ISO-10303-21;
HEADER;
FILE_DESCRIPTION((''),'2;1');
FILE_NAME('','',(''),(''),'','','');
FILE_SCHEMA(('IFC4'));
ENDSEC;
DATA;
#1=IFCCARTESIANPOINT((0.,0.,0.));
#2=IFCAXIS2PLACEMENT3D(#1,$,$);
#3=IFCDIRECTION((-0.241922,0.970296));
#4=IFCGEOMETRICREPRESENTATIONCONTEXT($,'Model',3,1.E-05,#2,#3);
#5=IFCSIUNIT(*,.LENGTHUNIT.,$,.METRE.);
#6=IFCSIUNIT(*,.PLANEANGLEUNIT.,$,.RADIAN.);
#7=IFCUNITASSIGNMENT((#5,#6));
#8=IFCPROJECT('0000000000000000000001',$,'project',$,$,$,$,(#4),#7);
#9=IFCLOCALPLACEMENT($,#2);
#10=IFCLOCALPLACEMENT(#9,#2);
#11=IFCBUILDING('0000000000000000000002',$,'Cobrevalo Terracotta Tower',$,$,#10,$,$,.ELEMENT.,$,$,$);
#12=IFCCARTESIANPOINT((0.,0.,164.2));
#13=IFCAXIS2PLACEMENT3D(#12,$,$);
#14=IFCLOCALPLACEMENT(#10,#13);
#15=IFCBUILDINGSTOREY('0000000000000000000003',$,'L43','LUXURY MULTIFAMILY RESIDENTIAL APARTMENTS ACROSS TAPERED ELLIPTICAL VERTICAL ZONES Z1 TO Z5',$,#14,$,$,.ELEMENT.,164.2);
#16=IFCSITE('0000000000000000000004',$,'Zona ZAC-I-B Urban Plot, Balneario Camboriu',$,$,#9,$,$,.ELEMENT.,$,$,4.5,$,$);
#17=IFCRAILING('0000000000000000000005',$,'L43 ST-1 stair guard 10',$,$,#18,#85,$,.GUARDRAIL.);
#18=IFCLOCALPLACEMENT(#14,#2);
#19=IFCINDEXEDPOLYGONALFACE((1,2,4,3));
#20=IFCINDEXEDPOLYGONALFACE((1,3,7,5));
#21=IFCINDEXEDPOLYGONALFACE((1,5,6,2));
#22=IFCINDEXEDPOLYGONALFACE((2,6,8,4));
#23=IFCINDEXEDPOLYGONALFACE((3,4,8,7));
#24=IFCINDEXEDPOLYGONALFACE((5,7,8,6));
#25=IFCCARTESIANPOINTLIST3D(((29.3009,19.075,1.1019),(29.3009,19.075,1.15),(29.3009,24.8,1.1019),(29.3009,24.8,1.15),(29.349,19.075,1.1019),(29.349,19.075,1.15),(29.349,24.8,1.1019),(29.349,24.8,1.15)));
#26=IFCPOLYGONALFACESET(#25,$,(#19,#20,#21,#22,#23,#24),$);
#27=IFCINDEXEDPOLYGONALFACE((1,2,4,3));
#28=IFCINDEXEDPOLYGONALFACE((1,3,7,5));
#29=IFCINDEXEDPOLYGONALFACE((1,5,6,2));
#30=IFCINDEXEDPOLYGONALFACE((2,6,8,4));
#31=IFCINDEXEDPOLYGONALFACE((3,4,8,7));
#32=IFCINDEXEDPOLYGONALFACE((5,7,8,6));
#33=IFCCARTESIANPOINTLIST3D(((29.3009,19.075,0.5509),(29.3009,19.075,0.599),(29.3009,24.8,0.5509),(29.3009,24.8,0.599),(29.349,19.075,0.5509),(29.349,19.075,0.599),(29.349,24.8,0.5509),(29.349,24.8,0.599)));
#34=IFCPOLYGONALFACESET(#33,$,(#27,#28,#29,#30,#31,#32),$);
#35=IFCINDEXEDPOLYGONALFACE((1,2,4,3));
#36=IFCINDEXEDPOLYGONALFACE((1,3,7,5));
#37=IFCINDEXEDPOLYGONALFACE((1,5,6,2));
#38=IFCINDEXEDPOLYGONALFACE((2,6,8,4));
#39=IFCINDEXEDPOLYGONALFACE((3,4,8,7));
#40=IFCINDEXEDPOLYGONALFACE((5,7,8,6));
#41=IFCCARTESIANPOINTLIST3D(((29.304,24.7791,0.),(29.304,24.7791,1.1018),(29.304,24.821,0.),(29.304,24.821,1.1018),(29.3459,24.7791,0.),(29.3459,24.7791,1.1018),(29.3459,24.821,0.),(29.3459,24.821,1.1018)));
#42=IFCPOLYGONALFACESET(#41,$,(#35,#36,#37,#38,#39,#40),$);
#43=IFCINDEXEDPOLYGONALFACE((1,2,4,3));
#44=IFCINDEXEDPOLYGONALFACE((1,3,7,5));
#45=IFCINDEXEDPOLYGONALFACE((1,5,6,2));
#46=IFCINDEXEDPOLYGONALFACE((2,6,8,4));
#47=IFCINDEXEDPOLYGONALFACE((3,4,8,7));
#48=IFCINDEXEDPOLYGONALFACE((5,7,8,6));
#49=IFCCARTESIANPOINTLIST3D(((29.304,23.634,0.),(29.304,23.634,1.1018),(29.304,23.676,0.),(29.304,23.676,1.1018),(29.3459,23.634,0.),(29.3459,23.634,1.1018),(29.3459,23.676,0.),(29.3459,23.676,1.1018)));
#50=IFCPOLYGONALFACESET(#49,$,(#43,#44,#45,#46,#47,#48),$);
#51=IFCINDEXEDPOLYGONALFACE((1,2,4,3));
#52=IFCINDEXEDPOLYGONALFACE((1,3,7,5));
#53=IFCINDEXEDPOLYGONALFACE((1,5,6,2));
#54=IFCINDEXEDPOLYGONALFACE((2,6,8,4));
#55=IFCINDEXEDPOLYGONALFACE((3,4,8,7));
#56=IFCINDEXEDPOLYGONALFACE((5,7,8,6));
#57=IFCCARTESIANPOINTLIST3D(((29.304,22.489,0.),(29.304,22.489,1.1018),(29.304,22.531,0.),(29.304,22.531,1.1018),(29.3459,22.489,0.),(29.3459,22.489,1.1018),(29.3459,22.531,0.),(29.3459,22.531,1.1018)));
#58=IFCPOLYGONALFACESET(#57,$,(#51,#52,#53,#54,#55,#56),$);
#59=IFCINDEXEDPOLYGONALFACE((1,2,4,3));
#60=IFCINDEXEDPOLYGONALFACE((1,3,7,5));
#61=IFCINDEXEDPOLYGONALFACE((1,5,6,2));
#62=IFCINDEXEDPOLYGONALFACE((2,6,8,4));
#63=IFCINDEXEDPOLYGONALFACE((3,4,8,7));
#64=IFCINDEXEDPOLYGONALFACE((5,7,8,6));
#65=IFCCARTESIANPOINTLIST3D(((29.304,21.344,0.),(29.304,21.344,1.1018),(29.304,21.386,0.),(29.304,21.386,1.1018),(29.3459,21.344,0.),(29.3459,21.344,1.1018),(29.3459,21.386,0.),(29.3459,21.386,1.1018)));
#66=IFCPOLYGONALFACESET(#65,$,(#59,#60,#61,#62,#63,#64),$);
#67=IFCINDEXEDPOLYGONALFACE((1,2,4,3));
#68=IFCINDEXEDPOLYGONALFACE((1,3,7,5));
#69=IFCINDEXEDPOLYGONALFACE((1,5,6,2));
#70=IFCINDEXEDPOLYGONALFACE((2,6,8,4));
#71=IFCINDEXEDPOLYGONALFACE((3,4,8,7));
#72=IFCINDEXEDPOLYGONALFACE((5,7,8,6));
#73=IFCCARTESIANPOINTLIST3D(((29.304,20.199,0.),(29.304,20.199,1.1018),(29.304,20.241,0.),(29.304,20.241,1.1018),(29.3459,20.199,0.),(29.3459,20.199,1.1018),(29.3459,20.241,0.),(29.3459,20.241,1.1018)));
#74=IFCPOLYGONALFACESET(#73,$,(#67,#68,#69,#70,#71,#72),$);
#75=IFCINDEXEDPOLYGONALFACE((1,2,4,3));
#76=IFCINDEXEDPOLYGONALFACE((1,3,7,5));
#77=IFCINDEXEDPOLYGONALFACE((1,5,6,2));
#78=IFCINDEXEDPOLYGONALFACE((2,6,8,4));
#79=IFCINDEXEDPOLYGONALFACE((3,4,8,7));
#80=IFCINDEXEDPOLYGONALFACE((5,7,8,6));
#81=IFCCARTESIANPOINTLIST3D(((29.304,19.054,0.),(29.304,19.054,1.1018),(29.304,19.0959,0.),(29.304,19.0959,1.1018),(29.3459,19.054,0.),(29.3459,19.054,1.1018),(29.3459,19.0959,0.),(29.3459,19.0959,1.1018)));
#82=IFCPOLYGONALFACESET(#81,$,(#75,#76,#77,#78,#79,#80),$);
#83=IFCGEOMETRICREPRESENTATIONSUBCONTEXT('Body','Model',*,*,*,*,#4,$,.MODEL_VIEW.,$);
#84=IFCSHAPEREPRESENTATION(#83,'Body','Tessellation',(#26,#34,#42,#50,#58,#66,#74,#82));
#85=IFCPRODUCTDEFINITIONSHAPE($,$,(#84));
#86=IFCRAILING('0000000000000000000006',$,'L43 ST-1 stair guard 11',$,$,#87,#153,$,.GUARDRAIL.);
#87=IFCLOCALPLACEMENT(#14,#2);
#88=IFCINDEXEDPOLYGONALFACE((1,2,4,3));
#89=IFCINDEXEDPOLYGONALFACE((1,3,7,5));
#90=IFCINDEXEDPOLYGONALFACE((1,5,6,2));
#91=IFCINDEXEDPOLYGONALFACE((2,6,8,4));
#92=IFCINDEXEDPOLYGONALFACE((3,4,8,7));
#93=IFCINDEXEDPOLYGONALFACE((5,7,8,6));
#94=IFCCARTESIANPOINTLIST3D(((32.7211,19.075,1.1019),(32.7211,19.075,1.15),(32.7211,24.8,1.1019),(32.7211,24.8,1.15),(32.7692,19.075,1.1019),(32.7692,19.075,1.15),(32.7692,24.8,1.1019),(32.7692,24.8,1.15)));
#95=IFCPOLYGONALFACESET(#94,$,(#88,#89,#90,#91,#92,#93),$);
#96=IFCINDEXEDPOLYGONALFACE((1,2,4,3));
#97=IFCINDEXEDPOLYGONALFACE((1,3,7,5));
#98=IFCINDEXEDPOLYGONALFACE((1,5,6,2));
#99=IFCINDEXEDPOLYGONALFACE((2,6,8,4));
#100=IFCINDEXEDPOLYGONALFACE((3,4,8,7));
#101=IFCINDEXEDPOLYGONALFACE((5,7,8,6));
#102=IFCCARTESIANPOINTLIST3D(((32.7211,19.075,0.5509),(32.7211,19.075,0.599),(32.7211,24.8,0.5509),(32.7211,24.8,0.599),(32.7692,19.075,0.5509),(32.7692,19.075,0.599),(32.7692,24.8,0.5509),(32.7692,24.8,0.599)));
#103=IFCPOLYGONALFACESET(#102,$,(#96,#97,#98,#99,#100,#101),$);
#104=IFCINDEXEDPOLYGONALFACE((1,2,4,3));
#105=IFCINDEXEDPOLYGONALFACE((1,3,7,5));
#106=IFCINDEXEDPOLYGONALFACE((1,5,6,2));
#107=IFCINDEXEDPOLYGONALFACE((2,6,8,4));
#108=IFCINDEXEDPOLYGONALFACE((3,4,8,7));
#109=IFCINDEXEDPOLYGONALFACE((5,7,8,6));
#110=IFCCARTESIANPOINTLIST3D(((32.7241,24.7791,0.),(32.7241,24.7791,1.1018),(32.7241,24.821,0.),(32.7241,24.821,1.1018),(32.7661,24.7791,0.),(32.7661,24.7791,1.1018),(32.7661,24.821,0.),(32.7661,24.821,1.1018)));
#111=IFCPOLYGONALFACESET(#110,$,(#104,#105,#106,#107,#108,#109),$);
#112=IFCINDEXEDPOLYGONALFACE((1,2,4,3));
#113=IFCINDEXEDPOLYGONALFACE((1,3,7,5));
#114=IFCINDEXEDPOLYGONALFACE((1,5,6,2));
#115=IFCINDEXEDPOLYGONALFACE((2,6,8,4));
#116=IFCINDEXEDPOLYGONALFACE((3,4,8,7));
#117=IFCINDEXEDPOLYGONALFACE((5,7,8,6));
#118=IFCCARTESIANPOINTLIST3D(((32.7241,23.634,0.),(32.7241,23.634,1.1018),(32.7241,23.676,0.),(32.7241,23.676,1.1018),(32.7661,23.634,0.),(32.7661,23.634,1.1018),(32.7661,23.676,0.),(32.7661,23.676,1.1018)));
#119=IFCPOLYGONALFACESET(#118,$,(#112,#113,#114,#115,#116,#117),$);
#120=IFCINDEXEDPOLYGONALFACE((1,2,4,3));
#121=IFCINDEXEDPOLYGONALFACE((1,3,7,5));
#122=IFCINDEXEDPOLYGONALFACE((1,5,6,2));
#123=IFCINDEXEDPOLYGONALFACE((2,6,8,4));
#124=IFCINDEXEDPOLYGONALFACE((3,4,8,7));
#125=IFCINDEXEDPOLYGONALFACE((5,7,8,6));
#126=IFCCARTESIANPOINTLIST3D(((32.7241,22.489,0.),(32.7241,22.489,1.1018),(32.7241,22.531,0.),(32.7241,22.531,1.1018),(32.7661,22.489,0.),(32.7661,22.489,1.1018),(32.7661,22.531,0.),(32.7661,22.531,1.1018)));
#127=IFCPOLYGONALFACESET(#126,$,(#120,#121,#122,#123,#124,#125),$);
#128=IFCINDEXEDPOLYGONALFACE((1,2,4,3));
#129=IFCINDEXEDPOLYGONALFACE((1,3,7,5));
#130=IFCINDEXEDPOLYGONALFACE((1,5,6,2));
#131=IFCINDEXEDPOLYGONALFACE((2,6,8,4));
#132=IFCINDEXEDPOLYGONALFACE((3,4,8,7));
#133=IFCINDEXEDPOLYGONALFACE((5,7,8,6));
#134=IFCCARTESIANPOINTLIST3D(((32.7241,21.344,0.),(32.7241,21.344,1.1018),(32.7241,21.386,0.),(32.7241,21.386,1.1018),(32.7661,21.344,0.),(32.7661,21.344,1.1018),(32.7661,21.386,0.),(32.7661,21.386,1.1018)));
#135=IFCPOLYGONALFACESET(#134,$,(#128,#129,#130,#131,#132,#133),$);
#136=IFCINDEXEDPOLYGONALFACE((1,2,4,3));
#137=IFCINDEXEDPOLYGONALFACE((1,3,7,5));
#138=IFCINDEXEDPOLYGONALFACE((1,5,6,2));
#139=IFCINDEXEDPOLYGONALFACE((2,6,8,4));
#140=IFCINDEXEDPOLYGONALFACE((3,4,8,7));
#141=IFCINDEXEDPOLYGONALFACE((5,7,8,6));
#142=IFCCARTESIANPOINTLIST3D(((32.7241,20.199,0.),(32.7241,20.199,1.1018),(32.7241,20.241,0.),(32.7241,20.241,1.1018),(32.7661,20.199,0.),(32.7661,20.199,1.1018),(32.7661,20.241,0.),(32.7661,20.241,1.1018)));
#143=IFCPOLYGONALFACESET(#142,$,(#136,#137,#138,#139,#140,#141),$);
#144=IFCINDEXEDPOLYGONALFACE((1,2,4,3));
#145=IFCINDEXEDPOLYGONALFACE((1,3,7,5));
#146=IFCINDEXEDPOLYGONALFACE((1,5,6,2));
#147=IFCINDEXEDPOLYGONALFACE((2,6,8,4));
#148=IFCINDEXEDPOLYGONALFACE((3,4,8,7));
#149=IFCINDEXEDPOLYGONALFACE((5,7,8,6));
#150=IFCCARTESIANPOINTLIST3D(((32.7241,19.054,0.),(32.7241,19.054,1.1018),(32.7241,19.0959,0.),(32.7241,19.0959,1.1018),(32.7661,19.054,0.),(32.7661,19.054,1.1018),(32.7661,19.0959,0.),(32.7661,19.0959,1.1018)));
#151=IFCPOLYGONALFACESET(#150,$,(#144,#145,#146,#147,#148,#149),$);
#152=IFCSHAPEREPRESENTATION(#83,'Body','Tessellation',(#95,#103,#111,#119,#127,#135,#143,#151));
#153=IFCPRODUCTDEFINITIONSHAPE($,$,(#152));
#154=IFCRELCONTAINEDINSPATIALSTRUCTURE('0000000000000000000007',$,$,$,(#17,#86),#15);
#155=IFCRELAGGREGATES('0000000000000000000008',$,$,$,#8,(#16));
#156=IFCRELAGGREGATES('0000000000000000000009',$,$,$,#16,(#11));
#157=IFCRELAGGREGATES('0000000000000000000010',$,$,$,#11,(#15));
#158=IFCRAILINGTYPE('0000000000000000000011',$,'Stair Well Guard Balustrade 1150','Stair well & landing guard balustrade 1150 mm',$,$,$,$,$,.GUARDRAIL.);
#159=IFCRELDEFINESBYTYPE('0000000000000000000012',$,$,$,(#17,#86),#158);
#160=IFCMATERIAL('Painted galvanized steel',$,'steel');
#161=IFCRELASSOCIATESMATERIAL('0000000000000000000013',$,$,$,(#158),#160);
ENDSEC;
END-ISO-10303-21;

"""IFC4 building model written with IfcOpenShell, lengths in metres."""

from ifc_helpers import new_model, si_unit, direction, frame, origin, origin_2d, place, context, subcontext, project, spatial, rectangle, extrude, material, type_object, element, save


model = new_model("IFC4")

# Units and contexts
model_context = context("Model", 3, precision=1e-05, world=origin(), true_north=direction((-0.241922, 0.970296)))
body_context = subcontext(model_context, "Body", "Model", "MODEL_VIEW")
ifc_project = project(units=[si_unit("LENGTHUNIT", "METRE"), si_unit("PLANEANGLEUNIT", "RADIAN")], contexts=[model_context])

# Site, building, storey
site_placement = place(None, origin())
site = spatial("IfcSite", under=ifc_project, at=site_placement, Name="Zona ZAC-I-B Urban Plot, Balneario Camboriu", CompositionType="ELEMENT", RefElevation=4.5)
building_placement = place(site_placement, origin())
building = spatial("IfcBuilding", under=site, at=building_placement, Name="Cobrevalo Terracotta Tower", CompositionType="ELEMENT")
storey_placement = place(building_placement, frame((0.0, 0.0, 164.2)))
storey = spatial("IfcBuildingStorey", under=building, at=storey_placement, Name="L43", Description="LUXURY MULTIFAMILY RESIDENTIAL APARTMENTS ACROSS TAPERED ELLIPTICAL VERTICAL ZONES Z1 TO Z5", CompositionType="ELEMENT", Elevation=164.2)

# Railings
ifc_material_1 = material(Name="Painted galvanized steel", Category="steel")
railing_type_1 = type_object("IfcRailingType", Name="Stair Well Guard Balustrade 1150", Description="Stair well & landing guard balustrade 1150 mm", PredefinedType="GUARDRAIL", material=ifc_material_1)
for number, where, name in (
    (1, (29.325, 24.8, 0.0), "L43 ST-1 stair guard 10"),
    (2, (32.7451, 24.8, 0.0), "L43 ST-1 stair guard 11"),
):
    element("IfcRailing", number, at=place(storey_placement, frame(where)), inside=storey, type_object=railing_type_1, Name=name, PredefinedType="GUARDRAIL", context=body_context, shape_type="SweptSolid", body=[
        extrude(rectangle(XDim=0.0481, YDim=0.0481, at=origin_2d()), frame((0.0, 0.0, 1.126), z_axis=(0.0, -1.0, 0.0), x_axis=(1.0, 0.0, 0.0)), (0.0, 0.0, 1.0), 5.7251),
        extrude(rectangle(XDim=0.0481, YDim=0.0481, at=origin_2d()), frame((0.0, 0.0, 0.575), z_axis=(0.0, -1.0, 0.0), x_axis=(1.0, 0.0, 0.0)), (0.0, 0.0, 1.0), 5.7251),
        extrude(rectangle(XDim=0.042, YDim=0.042, at=origin_2d()), origin(), (0.0, 0.0, 1.0), 1.1018),
        extrude(rectangle(XDim=0.042, YDim=0.042, at=origin_2d()), frame((0.0, -1.145, 0.0)), (0.0, 0.0, 1.0), 1.1018),
        extrude(rectangle(XDim=0.042, YDim=0.042, at=origin_2d()), frame((0.0, -2.29, 0.0)), (0.0, 0.0, 1.0), 1.1018),
        extrude(rectangle(XDim=0.042, YDim=0.042, at=origin_2d()), frame((0.0, -3.4351, 0.0)), (0.0, 0.0, 1.0), 1.1018),
        extrude(rectangle(XDim=0.042, YDim=0.042, at=origin_2d()), frame((0.0, -4.5801, 0.0)), (0.0, 0.0, 1.0), 1.1018),
        extrude(rectangle(XDim=0.042, YDim=0.042, at=origin_2d()), frame((0.0, -5.7251, 0.0)), (0.0, 0.0, 1.0), 1.1018),
    ])

save(model, "model.ifc")
